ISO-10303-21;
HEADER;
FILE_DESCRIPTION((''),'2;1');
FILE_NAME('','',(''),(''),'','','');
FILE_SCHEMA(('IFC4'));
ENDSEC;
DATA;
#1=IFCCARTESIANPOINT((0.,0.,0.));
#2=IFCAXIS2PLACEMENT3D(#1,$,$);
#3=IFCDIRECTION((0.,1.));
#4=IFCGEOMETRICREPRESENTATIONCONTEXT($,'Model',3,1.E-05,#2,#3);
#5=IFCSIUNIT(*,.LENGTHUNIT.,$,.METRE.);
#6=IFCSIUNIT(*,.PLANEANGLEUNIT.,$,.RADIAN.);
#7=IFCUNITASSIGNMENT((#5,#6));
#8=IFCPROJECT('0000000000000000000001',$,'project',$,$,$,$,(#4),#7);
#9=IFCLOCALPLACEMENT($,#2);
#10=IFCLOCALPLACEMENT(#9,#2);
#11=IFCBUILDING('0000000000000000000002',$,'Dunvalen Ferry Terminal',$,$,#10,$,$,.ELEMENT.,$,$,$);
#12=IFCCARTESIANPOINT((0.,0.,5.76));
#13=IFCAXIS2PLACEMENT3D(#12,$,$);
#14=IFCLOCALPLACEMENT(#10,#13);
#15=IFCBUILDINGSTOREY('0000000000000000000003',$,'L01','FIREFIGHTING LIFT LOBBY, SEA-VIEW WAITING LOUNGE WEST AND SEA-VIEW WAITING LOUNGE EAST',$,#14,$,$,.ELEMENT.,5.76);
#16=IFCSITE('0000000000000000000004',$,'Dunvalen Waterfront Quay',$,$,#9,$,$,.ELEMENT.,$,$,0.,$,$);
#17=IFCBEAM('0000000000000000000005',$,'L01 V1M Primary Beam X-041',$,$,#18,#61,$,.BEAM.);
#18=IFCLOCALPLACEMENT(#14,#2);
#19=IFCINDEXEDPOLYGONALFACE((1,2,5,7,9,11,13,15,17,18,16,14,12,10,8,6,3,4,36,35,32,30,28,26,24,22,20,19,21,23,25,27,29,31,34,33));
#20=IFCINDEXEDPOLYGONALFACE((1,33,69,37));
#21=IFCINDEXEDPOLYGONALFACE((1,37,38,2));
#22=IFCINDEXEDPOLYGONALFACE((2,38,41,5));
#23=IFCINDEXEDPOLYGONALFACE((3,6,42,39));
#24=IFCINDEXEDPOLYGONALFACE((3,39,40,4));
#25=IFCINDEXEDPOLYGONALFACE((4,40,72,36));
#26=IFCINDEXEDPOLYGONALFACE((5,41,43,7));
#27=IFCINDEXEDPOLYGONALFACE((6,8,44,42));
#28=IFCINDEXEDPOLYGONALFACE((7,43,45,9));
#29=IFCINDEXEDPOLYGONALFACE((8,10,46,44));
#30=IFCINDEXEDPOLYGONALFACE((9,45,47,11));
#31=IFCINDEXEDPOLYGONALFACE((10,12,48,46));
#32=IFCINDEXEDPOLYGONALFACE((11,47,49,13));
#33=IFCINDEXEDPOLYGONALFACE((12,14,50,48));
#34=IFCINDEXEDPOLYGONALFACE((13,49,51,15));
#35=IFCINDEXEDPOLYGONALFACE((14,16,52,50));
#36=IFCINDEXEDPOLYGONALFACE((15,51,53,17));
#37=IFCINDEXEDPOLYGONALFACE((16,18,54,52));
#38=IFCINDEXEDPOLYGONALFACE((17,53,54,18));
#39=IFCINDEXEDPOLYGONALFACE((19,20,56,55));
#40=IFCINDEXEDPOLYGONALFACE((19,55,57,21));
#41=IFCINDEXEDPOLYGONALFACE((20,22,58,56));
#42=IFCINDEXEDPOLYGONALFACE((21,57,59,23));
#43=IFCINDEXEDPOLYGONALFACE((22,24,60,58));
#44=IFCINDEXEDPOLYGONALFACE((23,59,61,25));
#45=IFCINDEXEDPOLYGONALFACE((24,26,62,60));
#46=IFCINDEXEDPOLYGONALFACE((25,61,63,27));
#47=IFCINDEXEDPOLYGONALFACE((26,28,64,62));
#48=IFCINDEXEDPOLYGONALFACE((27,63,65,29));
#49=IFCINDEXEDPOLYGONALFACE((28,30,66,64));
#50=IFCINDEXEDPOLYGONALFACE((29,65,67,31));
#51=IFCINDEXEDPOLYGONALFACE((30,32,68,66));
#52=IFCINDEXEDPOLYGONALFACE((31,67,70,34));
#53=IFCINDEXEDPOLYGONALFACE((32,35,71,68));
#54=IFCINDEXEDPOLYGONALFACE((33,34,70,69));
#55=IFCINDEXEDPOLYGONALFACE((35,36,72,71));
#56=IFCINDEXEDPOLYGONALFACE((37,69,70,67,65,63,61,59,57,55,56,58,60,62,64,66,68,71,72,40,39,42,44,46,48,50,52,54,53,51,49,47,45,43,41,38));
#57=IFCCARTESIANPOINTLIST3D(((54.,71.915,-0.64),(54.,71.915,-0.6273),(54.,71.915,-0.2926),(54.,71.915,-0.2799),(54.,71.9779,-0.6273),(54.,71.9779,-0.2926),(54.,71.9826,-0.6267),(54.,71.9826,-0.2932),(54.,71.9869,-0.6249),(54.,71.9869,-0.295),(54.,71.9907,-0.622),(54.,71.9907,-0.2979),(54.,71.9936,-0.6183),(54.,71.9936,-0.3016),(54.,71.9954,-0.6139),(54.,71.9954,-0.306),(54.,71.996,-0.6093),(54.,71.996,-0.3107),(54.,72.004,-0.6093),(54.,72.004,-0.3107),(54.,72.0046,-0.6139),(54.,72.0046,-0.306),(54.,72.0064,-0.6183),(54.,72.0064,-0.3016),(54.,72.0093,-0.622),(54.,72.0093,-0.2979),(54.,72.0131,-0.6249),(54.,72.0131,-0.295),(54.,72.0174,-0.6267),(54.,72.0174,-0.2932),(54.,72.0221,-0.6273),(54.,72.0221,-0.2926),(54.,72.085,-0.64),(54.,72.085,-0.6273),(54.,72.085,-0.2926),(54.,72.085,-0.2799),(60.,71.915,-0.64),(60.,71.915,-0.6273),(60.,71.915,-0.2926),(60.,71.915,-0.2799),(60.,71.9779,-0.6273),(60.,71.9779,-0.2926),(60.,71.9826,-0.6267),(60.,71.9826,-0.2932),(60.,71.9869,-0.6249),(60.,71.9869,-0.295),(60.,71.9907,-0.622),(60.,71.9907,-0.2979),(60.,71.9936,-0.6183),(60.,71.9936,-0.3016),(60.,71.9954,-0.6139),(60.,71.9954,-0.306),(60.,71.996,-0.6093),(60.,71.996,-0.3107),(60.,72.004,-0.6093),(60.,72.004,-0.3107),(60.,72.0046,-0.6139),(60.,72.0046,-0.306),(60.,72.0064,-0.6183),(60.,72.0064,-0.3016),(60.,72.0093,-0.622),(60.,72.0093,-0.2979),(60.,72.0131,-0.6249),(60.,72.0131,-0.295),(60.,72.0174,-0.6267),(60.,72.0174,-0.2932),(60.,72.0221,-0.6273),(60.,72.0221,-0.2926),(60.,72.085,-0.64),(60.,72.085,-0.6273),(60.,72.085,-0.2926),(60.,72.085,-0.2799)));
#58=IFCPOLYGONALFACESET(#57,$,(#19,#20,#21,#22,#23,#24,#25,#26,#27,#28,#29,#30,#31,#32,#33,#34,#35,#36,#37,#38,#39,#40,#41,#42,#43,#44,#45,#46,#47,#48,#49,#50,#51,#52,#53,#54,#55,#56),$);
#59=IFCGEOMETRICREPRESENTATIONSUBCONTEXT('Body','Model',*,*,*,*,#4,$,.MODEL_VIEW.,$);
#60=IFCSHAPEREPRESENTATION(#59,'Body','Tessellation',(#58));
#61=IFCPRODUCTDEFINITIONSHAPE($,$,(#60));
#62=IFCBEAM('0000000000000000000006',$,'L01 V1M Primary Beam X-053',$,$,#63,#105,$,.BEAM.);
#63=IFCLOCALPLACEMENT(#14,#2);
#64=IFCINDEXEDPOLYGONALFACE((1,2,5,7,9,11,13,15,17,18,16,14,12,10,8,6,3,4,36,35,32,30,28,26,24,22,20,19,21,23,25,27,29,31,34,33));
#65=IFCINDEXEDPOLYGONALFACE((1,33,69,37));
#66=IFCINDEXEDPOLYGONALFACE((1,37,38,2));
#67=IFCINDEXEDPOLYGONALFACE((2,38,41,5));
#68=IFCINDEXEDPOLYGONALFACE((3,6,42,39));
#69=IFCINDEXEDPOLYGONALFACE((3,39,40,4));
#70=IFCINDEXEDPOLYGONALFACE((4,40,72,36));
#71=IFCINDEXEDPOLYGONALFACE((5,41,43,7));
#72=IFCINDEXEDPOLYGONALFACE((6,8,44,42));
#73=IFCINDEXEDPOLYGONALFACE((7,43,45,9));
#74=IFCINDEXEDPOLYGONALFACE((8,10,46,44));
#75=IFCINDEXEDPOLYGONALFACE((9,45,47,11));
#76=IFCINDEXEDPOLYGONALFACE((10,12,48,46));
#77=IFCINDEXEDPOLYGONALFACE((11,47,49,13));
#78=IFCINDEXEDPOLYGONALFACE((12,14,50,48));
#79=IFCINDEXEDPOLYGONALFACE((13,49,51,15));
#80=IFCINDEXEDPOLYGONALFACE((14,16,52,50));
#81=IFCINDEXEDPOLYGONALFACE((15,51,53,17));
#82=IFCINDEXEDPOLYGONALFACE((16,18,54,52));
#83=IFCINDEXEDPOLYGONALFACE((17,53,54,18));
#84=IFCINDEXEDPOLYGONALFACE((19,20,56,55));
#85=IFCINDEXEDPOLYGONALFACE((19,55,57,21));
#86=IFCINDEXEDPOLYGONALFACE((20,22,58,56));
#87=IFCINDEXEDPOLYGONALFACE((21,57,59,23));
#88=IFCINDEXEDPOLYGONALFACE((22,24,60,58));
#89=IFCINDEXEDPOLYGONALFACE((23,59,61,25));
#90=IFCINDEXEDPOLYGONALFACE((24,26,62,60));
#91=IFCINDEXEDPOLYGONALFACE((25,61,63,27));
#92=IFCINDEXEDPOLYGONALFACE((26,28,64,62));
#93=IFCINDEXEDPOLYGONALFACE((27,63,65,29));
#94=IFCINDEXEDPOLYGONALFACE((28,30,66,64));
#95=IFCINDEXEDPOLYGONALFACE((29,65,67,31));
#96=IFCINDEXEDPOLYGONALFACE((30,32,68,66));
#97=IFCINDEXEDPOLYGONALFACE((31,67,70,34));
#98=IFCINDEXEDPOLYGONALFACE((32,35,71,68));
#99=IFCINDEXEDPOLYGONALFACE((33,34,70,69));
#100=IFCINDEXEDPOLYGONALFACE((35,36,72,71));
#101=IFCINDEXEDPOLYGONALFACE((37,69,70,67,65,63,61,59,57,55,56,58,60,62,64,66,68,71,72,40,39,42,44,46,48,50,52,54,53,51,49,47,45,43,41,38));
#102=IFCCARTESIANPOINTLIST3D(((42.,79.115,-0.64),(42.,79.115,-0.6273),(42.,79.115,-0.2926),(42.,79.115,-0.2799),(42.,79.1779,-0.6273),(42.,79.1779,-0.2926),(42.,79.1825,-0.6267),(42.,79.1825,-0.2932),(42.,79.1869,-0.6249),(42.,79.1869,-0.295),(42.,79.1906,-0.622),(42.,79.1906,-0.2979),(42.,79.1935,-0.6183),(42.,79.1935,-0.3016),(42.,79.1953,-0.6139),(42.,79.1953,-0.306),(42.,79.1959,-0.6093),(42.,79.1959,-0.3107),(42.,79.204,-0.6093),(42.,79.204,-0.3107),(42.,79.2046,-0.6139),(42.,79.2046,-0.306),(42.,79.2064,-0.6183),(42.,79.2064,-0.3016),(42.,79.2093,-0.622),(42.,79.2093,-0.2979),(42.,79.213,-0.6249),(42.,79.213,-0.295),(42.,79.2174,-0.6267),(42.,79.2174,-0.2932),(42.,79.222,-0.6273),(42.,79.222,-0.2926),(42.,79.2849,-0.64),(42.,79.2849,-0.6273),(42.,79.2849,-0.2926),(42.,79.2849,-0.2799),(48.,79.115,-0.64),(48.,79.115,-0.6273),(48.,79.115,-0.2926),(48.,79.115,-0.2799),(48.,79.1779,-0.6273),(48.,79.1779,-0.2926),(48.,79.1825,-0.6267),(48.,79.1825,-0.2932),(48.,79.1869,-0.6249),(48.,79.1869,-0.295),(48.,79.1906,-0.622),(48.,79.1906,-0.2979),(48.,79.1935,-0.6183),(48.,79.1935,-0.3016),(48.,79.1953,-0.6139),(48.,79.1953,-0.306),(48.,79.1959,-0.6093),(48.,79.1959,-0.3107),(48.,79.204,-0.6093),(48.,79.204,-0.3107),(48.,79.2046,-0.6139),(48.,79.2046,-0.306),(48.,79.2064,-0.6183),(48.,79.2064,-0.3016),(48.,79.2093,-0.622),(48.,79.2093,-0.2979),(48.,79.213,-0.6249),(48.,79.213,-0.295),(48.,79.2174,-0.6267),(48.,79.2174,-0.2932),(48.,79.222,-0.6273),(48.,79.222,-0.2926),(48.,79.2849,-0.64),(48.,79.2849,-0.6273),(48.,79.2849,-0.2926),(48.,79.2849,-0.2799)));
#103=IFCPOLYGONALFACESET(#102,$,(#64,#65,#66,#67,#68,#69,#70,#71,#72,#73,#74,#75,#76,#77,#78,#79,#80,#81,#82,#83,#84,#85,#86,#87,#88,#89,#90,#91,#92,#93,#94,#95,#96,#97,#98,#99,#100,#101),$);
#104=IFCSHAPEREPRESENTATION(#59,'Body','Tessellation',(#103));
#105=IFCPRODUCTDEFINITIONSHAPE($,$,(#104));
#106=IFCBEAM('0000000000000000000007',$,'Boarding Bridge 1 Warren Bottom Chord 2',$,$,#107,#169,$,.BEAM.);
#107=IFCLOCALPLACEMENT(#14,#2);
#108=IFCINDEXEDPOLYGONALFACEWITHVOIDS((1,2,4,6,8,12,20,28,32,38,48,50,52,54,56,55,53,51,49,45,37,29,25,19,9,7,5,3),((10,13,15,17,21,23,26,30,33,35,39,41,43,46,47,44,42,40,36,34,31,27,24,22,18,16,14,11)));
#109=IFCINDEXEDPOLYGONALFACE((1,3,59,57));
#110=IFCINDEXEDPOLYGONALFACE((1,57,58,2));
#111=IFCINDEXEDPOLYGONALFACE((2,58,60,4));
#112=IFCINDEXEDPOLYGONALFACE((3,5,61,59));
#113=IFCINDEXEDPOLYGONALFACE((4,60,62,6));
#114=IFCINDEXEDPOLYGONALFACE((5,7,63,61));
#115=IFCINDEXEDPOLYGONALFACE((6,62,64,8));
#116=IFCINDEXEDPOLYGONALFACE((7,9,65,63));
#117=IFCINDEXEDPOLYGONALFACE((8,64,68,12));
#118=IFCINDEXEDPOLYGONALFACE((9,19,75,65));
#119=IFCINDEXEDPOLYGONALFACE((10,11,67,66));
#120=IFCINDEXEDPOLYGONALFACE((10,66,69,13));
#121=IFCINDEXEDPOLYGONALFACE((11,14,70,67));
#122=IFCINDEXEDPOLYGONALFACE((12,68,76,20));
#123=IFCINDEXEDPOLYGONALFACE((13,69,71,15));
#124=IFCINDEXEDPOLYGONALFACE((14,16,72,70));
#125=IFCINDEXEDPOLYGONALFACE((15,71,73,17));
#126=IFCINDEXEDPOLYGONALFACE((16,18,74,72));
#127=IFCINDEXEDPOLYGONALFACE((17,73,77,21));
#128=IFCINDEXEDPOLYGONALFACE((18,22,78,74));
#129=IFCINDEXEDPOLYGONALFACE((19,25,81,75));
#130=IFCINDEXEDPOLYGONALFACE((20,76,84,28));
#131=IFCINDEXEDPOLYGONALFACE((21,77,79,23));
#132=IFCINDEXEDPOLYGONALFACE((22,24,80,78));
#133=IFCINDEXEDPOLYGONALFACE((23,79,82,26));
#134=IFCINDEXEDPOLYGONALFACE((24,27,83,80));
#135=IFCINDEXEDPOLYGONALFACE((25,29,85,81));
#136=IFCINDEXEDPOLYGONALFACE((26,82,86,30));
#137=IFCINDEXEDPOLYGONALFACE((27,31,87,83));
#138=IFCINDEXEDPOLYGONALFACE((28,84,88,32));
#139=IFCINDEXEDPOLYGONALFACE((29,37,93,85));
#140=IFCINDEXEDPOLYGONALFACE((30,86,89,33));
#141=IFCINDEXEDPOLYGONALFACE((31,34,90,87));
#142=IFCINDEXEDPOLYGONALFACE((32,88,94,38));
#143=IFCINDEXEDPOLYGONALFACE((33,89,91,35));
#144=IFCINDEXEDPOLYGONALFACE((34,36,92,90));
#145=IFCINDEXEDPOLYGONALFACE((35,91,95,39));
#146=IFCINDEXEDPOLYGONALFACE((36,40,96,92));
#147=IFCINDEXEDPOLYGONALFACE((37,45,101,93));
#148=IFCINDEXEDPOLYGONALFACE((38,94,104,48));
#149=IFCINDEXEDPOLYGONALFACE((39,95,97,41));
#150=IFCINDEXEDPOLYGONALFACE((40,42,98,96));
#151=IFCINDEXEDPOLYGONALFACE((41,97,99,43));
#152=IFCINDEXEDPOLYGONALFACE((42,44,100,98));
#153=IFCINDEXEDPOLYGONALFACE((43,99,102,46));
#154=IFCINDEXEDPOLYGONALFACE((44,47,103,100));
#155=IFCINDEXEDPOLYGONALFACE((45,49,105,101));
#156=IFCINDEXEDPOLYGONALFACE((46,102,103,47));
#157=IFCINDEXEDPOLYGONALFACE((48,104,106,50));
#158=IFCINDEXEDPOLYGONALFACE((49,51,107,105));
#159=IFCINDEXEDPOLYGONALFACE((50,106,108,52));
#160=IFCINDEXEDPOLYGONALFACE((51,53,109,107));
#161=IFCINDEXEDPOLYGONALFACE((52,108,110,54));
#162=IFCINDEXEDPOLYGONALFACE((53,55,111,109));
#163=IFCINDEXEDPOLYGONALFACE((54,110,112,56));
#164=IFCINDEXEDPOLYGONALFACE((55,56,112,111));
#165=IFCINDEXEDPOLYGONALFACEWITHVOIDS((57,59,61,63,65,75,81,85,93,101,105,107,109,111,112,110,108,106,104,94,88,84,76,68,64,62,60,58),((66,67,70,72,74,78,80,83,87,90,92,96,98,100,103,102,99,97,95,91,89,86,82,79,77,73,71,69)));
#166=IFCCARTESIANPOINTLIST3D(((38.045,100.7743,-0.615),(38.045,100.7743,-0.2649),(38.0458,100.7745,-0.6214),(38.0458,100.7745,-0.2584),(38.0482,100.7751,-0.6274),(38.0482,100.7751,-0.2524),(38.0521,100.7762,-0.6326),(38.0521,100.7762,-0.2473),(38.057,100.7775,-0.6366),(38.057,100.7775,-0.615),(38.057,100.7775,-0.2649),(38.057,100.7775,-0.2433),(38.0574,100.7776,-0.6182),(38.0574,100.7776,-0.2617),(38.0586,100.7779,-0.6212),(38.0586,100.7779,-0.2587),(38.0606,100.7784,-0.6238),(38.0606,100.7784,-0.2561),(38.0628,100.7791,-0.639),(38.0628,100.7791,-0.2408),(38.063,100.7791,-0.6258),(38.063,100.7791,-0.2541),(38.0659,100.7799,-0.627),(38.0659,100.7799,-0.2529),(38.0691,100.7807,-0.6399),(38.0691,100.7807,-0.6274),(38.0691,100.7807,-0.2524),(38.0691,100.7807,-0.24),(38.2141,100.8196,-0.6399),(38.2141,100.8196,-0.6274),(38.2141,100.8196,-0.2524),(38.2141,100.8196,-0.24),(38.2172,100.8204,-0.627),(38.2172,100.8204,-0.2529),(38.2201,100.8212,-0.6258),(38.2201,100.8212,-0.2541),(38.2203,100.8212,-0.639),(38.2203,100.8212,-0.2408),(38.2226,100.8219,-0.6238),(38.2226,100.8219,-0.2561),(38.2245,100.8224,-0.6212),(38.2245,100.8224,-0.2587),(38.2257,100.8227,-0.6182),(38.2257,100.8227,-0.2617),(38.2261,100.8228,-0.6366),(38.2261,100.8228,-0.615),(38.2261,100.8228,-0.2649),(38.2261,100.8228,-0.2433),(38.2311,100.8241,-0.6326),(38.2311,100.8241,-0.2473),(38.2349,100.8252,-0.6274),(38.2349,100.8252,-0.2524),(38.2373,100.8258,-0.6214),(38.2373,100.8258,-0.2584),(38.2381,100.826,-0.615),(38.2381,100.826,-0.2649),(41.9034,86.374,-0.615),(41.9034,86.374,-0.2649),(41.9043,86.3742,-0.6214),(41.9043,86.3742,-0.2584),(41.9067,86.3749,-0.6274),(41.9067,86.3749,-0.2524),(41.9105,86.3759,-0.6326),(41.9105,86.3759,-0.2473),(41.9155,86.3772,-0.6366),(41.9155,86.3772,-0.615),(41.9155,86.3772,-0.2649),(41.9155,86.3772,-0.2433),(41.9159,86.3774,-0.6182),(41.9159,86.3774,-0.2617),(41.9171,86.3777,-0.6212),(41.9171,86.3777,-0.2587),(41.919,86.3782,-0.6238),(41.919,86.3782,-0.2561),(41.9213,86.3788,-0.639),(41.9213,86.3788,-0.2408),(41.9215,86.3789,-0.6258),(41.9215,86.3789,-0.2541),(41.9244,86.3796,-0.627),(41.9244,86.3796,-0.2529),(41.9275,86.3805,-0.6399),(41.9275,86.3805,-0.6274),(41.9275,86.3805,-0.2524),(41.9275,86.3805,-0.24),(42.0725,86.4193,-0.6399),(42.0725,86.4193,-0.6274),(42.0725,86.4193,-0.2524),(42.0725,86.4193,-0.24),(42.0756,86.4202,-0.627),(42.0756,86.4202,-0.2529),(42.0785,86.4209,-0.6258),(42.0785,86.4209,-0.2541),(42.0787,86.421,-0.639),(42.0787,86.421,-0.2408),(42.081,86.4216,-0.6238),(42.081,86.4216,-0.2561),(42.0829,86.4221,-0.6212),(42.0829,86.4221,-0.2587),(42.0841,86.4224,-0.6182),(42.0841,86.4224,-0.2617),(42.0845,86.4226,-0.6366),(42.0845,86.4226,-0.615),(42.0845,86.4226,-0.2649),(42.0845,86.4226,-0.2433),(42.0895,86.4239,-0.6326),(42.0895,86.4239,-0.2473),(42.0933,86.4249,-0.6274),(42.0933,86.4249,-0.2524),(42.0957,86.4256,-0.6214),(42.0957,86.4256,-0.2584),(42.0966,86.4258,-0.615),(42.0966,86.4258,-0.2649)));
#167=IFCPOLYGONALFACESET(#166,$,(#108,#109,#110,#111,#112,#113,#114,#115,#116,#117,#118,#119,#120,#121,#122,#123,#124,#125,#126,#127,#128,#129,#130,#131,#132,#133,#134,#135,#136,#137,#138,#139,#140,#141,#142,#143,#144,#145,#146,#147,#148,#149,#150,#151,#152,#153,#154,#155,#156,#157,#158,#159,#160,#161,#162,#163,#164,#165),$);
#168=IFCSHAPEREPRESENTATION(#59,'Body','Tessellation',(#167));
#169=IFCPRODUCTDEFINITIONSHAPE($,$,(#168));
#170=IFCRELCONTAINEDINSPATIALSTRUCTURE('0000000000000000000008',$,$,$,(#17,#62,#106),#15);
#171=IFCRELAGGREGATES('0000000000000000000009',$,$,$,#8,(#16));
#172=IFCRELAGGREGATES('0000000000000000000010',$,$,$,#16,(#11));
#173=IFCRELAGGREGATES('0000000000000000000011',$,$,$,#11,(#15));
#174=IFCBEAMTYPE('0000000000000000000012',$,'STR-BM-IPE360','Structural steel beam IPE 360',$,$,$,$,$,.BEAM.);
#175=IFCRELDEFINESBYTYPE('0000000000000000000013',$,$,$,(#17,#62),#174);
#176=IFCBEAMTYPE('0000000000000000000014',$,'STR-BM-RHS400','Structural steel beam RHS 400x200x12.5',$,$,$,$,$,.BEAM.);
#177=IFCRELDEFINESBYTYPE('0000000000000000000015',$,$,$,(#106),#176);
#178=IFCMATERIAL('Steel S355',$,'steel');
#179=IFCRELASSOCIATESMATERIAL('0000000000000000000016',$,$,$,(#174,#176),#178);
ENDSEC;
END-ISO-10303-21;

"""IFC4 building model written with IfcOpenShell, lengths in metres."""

from ifc_helpers import new_model, si_unit, direction, frame, origin, origin_2d, place, context, subcontext, project, spatial, hollow_rectangle, i_section, extrude, material, material_profile, profile_set, type_object, element, save


model = new_model("IFC4")

# Units and contexts
model_context = context("Model", 3, precision=1e-05, world=origin(), true_north=direction((0.0, 1.0)))
body_context = subcontext(model_context, "Body", "Model", "MODEL_VIEW")
ifc_project = project(units=[si_unit("LENGTHUNIT", "METRE"), si_unit("PLANEANGLEUNIT", "RADIAN")], contexts=[model_context])

# Site, building, storey
site_placement = place(None, origin())
site = spatial("IfcSite", under=ifc_project, at=site_placement, Name="Dunvalen Waterfront Quay", CompositionType="ELEMENT", RefElevation=0.0)
building_placement = place(site_placement, origin())
building = spatial("IfcBuilding", under=site, at=building_placement, Name="Dunvalen Ferry Terminal", CompositionType="ELEMENT")
storey_placement = place(building_placement, frame((0.0, 0.0, 5.76)))
storey = spatial("IfcBuildingStorey", under=building, at=storey_placement, Name="L01", Description="FIREFIGHTING LIFT LOBBY, SEA-VIEW WAITING LOUNGE WEST AND SEA-VIEW WAITING LOUNGE EAST", CompositionType="ELEMENT", Elevation=5.76)

# Beams
ifc_material_1 = material(Name="Steel S355", Category="steel")
ifc_material_profile_1 = material_profile(ifc_material_1, i_section(OverallWidth=0.1699, OverallDepth=0.3601, WebThickness=0.0081, FlangeThickness=0.0127, FilletRadius=0.0181, at=origin_2d()), Name="Steel S355")
ifc_profile_set_1 = profile_set([ifc_material_profile_1], Name="Steel S355")
beam_type_1 = type_object("IfcBeamType", Name="STR-BM-IPE360", Description="Structural steel beam IPE 360", PredefinedType="BEAM", material=ifc_profile_set_1)
for number, where, z_axis, x_axis, name in (
    (1, (54.0, 72.0, -0.46), (1.0, 0.0, 0.0), (0.0, 1.0, 0.0), "L01 V1M Primary Beam X-041"),
    (2, (42.0, 79.2, -0.46), (1.0, 0.0, 0.0), (0.0, 1.0, 0.0), "L01 V1M Primary Beam X-053"),
):
    element("IfcBeam", number, at=place(storey_placement, frame(where, z_axis=z_axis, x_axis=x_axis)), inside=storey, type_object=beam_type_1, Name=name, PredefinedType="BEAM", context=body_context, shape_type="SweptSolid", body=[
        extrude(i_section(OverallWidth=0.1699, OverallDepth=0.3601, WebThickness=0.0081, FlangeThickness=0.0127, FilletRadius=0.0181, at=origin_2d()), origin(), (0.0, 0.0, 1.0), 6.0),
    ])
ifc_material_profile_2 = material_profile(ifc_material_1, hollow_rectangle(XDim=0.2, YDim=0.3999, WallThickness=0.0125, InnerFilletRadius=0.0125, OuterFilletRadius=0.0249, at=origin_2d()), Name="Steel S355")
ifc_profile_set_2 = profile_set([ifc_material_profile_2], Name="Steel S355")
beam_type_2 = type_object("IfcBeamType", Name="STR-BM-RHS400", Description="Structural steel beam RHS 400x200x12.5", PredefinedType="BEAM", material=ifc_profile_set_2)
beam_1_placement = place(storey_placement, frame((42.0, 86.3999, -0.4399), z_axis=(-0.258812, 0.965928, 0.0), x_axis=(-0.965928, -0.258812, 0.0)))
element("IfcBeam", 3, at=beam_1_placement, inside=storey, type_object=beam_type_2, Name="Boarding Bridge 1 Warren Bottom Chord 2", PredefinedType="BEAM", context=body_context, shape_type="SweptSolid", body=[
    extrude(hollow_rectangle(XDim=0.2, YDim=0.3999, WallThickness=0.0125, InnerFilletRadius=0.0125, OuterFilletRadius=0.0249, at=origin_2d()), origin(), (0.0, 0.0, 1.0), 14.9082),
])

save(model, "model.ifc")
